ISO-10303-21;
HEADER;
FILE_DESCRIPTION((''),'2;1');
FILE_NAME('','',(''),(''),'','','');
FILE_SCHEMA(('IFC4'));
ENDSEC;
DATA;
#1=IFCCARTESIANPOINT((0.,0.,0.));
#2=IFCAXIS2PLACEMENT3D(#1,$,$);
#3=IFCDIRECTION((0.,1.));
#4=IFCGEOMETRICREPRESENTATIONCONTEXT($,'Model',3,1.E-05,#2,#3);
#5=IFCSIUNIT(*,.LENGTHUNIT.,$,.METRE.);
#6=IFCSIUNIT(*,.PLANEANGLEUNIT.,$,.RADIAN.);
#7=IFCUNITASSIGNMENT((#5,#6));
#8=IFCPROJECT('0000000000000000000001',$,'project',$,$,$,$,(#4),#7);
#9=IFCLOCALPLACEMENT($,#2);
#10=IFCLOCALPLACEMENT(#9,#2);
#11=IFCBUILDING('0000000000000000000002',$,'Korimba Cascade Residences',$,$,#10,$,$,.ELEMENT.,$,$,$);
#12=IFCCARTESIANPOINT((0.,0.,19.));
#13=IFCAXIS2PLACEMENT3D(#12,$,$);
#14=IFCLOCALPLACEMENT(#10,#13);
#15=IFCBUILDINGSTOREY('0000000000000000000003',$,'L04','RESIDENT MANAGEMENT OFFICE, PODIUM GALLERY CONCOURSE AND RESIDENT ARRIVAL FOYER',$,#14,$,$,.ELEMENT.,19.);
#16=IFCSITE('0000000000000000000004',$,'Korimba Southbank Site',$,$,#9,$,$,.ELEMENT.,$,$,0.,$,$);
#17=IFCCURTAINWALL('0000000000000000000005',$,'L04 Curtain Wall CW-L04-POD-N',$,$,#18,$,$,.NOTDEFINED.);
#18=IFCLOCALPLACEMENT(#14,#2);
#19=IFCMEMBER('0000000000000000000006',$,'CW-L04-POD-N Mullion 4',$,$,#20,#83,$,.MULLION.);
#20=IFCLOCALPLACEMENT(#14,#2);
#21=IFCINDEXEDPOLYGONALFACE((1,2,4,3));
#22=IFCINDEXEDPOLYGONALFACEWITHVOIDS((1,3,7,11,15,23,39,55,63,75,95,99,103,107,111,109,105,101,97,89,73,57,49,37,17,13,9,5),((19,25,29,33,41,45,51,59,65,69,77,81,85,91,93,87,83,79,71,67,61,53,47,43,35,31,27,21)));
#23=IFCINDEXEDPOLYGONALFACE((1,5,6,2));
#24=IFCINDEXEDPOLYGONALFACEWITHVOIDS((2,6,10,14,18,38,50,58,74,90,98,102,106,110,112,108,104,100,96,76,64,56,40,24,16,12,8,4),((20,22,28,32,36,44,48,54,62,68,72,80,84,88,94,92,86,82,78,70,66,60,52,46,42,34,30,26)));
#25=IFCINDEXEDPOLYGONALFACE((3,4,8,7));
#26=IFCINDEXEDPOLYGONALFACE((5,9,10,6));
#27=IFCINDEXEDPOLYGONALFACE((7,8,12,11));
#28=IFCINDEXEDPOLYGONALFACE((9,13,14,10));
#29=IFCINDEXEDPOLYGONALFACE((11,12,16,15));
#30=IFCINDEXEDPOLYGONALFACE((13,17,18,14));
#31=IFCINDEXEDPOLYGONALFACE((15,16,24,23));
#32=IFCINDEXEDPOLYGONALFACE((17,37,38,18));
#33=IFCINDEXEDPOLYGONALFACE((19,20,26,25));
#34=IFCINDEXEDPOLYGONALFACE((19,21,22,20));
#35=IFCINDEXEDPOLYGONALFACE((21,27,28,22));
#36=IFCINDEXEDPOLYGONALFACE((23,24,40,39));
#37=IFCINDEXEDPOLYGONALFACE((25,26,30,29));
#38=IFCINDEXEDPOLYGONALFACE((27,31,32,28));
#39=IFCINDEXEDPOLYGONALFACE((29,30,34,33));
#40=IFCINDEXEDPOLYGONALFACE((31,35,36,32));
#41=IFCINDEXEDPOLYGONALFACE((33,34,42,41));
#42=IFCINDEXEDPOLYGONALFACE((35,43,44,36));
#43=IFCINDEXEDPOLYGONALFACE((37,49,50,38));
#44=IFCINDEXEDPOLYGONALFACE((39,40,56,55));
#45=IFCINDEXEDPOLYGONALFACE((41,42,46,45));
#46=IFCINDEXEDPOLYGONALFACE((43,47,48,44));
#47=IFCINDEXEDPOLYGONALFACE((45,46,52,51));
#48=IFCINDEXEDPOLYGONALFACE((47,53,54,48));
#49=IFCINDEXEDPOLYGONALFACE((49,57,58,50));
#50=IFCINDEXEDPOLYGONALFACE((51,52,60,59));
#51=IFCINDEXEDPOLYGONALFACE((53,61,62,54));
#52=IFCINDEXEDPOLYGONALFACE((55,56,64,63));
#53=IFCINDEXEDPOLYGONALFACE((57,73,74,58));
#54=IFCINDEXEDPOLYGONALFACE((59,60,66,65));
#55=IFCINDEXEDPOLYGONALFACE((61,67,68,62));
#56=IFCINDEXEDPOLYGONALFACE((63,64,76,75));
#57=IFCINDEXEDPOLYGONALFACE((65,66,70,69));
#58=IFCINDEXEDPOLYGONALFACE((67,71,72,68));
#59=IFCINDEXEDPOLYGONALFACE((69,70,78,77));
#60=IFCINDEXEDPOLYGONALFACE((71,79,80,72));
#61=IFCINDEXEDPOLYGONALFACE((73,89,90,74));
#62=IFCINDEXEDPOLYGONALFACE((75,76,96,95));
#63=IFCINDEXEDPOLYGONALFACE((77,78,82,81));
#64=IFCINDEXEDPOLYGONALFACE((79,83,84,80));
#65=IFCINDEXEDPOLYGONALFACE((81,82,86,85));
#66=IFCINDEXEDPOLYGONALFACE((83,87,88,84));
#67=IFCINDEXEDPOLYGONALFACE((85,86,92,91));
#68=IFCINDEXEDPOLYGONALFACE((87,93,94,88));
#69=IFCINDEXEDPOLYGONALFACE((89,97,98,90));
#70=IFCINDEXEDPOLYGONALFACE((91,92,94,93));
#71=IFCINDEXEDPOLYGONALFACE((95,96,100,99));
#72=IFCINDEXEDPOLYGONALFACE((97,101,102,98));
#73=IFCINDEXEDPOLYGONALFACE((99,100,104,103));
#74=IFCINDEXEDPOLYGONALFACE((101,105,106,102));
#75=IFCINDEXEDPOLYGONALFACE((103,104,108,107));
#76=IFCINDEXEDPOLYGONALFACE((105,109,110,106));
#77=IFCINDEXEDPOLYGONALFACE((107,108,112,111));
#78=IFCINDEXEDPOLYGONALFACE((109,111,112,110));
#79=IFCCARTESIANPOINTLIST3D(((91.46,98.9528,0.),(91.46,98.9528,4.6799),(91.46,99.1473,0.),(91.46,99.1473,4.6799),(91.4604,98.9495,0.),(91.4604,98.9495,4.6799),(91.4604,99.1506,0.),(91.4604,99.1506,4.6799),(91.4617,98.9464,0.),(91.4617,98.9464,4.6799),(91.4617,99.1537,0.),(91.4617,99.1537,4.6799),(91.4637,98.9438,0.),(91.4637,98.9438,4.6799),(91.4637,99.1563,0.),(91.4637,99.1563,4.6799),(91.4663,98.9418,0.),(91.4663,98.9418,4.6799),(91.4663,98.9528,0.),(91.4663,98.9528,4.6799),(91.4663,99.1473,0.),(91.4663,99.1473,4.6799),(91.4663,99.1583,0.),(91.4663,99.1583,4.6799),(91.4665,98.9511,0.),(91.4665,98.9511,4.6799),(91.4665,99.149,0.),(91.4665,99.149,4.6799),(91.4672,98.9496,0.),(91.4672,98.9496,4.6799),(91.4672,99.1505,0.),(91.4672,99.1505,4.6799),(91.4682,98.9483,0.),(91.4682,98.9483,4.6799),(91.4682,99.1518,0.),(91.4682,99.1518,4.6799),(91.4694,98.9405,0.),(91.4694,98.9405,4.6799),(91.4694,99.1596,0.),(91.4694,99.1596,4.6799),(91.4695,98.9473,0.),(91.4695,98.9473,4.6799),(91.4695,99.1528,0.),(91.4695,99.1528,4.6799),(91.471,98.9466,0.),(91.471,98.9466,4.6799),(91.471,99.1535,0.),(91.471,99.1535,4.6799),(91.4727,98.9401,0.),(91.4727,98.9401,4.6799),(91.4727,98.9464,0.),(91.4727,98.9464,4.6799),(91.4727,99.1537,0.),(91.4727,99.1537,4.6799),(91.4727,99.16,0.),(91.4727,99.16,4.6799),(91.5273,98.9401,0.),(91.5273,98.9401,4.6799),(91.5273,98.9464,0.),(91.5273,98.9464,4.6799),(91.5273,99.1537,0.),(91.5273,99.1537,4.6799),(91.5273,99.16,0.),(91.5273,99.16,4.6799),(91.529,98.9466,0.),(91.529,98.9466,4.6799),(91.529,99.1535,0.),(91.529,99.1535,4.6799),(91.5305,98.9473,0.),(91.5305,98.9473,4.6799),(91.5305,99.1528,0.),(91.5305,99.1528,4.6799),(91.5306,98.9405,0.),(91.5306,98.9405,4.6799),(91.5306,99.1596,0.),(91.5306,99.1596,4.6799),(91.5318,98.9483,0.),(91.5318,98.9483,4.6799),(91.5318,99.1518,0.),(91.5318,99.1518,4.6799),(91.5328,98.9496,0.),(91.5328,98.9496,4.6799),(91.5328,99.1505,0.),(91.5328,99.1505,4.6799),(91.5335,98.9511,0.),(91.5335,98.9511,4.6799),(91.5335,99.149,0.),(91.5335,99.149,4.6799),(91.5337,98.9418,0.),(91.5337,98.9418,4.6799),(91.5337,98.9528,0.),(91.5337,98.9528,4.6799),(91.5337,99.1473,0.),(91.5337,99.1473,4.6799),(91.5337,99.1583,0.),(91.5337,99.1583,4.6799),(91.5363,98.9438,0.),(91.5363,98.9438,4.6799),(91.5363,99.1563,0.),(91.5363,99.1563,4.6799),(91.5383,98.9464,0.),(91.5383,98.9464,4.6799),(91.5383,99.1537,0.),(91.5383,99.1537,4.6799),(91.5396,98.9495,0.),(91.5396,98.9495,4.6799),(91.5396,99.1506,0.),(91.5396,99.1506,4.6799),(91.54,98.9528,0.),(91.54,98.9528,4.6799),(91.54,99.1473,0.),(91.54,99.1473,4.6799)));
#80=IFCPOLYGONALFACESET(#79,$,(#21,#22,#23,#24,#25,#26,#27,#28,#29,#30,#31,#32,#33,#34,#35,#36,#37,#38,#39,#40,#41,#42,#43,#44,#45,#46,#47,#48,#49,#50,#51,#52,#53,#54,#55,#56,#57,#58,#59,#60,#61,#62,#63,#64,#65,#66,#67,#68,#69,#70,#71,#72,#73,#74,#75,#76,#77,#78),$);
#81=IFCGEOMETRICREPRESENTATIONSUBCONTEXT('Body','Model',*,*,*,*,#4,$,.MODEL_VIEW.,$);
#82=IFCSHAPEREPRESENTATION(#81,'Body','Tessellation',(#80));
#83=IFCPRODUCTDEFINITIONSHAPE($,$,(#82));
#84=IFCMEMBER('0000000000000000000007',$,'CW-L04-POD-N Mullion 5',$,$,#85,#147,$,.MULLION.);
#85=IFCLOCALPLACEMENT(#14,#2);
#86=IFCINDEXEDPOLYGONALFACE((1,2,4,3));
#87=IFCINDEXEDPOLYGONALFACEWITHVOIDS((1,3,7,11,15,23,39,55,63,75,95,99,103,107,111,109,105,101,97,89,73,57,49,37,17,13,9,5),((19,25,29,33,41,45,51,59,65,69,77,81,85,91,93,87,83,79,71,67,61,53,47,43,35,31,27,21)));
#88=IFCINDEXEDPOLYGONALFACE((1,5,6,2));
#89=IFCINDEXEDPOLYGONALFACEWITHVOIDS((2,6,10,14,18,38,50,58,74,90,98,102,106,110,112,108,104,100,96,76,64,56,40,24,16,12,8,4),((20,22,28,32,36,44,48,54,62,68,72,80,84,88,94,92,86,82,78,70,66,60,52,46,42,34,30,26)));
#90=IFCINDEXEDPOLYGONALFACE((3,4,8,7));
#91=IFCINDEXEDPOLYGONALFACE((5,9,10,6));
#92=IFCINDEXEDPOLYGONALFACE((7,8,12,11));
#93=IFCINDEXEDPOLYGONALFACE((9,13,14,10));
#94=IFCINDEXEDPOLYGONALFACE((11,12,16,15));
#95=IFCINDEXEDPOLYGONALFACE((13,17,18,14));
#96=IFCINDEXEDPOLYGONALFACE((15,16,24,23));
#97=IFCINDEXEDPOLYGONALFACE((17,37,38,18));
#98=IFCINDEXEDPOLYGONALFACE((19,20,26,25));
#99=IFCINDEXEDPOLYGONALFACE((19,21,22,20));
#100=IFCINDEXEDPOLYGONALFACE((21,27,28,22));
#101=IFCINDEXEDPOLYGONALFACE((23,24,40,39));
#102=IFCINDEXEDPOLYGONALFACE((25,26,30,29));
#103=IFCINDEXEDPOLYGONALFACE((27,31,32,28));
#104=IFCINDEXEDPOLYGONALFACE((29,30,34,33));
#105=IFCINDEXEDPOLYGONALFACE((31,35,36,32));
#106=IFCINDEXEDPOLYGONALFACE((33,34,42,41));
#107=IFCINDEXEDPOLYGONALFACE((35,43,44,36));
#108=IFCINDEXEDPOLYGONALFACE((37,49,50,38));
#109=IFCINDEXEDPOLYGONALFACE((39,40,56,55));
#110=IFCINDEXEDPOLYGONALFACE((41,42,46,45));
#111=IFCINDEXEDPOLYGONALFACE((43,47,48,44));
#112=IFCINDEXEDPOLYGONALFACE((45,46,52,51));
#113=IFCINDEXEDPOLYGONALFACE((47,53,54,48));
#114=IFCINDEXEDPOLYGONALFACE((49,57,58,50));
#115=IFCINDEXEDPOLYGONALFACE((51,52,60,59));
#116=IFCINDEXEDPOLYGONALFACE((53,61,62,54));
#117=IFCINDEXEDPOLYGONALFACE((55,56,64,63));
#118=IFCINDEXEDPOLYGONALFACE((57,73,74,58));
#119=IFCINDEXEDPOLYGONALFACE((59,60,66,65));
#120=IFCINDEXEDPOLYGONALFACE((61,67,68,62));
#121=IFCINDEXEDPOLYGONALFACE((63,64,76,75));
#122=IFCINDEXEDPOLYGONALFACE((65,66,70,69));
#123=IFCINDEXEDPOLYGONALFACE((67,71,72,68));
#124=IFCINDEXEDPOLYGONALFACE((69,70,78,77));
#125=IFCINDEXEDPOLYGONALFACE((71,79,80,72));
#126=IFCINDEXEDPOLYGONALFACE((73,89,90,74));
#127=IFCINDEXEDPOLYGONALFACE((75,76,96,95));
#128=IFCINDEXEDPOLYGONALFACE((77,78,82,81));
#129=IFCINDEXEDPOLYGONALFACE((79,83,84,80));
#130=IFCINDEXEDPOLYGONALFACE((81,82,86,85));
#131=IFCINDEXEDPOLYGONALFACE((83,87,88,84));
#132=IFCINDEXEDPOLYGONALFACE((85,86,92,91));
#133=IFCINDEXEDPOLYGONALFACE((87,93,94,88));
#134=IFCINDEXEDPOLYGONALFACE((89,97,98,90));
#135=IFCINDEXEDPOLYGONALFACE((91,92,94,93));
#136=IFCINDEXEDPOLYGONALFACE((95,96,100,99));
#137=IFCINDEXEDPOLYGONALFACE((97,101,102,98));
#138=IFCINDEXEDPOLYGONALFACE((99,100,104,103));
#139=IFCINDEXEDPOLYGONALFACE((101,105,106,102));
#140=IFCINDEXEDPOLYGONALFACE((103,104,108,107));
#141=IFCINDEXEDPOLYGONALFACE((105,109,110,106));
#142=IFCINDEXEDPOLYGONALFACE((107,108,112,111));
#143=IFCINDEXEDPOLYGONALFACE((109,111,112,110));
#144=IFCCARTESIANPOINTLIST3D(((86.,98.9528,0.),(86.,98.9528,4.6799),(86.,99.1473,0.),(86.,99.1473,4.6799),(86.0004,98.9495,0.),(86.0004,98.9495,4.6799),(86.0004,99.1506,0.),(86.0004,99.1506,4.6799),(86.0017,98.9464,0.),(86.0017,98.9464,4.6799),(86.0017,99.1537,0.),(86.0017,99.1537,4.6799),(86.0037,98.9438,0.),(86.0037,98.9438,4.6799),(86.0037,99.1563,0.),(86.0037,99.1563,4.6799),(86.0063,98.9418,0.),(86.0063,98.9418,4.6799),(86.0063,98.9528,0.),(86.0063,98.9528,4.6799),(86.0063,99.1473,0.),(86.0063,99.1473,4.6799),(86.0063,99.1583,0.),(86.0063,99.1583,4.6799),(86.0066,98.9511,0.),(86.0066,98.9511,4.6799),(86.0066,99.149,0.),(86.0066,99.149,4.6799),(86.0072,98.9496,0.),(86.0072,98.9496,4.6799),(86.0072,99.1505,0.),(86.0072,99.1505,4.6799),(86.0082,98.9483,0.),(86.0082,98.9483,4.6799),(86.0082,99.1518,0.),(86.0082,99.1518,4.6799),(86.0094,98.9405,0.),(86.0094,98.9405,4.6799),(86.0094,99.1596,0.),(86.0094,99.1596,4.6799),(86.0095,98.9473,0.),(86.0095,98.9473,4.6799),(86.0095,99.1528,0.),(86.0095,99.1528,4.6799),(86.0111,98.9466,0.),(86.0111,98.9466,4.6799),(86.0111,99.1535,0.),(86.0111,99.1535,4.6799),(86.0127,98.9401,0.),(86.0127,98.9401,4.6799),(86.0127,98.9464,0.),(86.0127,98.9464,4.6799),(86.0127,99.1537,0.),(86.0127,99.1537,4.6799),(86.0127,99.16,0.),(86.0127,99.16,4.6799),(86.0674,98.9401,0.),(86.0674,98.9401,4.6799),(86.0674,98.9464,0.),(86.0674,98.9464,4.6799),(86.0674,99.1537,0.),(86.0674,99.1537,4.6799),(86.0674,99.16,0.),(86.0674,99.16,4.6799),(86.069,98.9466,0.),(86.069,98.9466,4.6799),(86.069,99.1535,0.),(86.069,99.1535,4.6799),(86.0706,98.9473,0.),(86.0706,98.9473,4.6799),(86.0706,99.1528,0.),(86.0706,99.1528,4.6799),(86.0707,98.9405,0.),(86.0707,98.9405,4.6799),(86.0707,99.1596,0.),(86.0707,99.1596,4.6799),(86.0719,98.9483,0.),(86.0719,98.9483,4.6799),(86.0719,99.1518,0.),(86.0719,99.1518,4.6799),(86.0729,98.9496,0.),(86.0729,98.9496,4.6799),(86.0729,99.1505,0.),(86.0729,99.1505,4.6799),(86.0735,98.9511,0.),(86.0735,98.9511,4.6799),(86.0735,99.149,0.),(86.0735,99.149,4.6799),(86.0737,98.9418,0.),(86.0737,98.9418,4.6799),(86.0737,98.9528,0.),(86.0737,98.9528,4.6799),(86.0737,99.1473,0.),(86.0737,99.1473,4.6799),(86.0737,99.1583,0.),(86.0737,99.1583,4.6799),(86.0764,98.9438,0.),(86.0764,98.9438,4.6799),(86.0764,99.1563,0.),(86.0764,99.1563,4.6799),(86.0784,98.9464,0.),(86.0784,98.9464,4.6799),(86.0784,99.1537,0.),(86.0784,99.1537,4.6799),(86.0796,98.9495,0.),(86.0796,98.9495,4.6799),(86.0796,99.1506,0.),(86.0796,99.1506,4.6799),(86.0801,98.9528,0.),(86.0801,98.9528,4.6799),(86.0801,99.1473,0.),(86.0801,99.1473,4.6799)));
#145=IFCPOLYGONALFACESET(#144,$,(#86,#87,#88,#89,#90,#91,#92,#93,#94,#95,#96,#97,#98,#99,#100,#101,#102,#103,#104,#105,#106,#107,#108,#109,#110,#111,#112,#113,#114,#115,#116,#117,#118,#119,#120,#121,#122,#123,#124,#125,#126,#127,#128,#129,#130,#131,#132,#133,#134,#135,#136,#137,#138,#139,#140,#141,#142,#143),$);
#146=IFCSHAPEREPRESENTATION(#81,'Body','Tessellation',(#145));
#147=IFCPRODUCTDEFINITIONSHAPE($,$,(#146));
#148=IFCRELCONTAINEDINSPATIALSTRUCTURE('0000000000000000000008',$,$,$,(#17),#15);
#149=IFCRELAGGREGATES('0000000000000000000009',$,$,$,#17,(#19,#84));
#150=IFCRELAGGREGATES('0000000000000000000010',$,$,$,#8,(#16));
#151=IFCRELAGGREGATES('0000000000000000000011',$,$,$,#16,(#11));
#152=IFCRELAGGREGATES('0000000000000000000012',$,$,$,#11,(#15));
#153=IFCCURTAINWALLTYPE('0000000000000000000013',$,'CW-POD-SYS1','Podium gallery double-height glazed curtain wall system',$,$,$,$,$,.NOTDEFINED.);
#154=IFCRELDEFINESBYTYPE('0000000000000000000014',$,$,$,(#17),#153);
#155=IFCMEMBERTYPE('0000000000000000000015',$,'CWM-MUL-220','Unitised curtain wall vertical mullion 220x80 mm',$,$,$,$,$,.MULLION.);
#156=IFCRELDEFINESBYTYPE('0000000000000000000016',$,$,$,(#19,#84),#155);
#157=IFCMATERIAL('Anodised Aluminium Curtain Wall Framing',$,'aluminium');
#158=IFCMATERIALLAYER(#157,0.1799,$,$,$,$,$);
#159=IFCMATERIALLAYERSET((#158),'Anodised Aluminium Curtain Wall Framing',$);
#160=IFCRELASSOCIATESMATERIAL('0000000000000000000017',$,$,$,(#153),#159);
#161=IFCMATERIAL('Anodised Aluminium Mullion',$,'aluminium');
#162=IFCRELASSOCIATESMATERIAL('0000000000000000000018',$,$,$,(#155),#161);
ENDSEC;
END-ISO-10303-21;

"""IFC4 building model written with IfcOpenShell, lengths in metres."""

from ifc_helpers import new_model, si_unit, direction, frame, origin, origin_2d, place, context, subcontext, project, spatial, hollow_rectangle, extrude, material, layer, layer_set, material_profile, profile_set, type_object, element, aggregate, save


model = new_model("IFC4")

# Units and contexts
model_context = context("Model", 3, precision=1e-05, world=origin(), true_north=direction((0.0, 1.0)))
body_context = subcontext(model_context, "Body", "Model", "MODEL_VIEW")
ifc_project = project(units=[si_unit("LENGTHUNIT", "METRE"), si_unit("PLANEANGLEUNIT", "RADIAN")], contexts=[model_context])

# Site, building, storey
site_placement = place(None, origin())
site = spatial("IfcSite", under=ifc_project, at=site_placement, Name="Korimba Southbank Site", CompositionType="ELEMENT", RefElevation=0.0)
building_placement = place(site_placement, origin())
building = spatial("IfcBuilding", under=site, at=building_placement, Name="Korimba Cascade Residences", CompositionType="ELEMENT")
storey_placement = place(building_placement, frame((0.0, 0.0, 19.0)))
storey = spatial("IfcBuildingStorey", under=building, at=storey_placement, Name="L04", Description="RESIDENT MANAGEMENT OFFICE, PODIUM GALLERY CONCOURSE AND RESIDENT ARRIVAL FOYER", CompositionType="ELEMENT", Elevation=19.0)

# Curtain wall, members
ifc_material_1 = material(Name="Anodised Aluminium Curtain Wall Framing", Category="aluminium")
ifc_layer_1 = layer(ifc_material_1, 0.1799)
ifc_layer_set_1 = layer_set([ifc_layer_1], Name="Anodised Aluminium Curtain Wall Framing")
curtain_wall_type = type_object("IfcCurtainWallType", Name="CW-POD-SYS1", Description="Podium gallery double-height glazed curtain wall system", PredefinedType="NOTDEFINED", material=ifc_layer_set_1)
curtain_wall_placement = place(storey_placement, origin())
curtain_wall = element("IfcCurtainWall", 1, at=curtain_wall_placement, inside=storey, type_object=curtain_wall_type, Name="L04 Curtain Wall CW-L04-POD-N", PredefinedType="NOTDEFINED")
ifc_material_2 = material(Name="Anodised Aluminium Mullion", Category="aluminium")
ifc_material_profile_1 = material_profile(ifc_material_2, hollow_rectangle(XDim=0.0801, YDim=0.22, WallThickness=0.0063, InnerFilletRadius=0.0063, OuterFilletRadius=0.0127, at=origin_2d()), Name="Anodised Aluminium Mullion")
ifc_profile_set_1 = profile_set([ifc_material_profile_1], Name="Anodised Aluminium Mullion")
member_type_1 = type_object("IfcMemberType", Name="CWM-MUL-220", Description="Unitised curtain wall vertical mullion 220x80 mm", PredefinedType="MULLION", material=ifc_profile_set_1)
member_1_placement = place(storey_placement, frame((91.5, 99.05, 0.0), z_axis=(0.0, 0.0, 1.0), x_axis=(-1.0, 0.0, 0.0)))
member_1 = element("IfcMember", 2, at=member_1_placement, type_object=member_type_1, Name="CW-L04-POD-N Mullion 4", PredefinedType="MULLION", context=body_context, shape_type="SweptSolid", body=[
    extrude(hollow_rectangle(XDim=0.0801, YDim=0.22, WallThickness=0.0063, InnerFilletRadius=0.0063, OuterFilletRadius=0.0127, at=origin_2d()), origin(), (0.0, 0.0, 1.0), 4.6799),
])
member_2_placement = place(storey_placement, frame((86.04, 99.05, 0.0), z_axis=(0.0, 0.0, 1.0), x_axis=(-1.0, 0.0, 0.0)))
member_2 = element("IfcMember", 3, at=member_2_placement, type_object=member_type_1, Name="CW-L04-POD-N Mullion 5", PredefinedType="MULLION", context=body_context, shape_type="SweptSolid", body=[
    extrude(hollow_rectangle(XDim=0.0801, YDim=0.22, WallThickness=0.0063, InnerFilletRadius=0.0063, OuterFilletRadius=0.0127, at=origin_2d()), origin(), (0.0, 0.0, 1.0), 4.6799),
])

aggregate(curtain_wall, [member_1, member_2])

save(model, "model.ifc")
